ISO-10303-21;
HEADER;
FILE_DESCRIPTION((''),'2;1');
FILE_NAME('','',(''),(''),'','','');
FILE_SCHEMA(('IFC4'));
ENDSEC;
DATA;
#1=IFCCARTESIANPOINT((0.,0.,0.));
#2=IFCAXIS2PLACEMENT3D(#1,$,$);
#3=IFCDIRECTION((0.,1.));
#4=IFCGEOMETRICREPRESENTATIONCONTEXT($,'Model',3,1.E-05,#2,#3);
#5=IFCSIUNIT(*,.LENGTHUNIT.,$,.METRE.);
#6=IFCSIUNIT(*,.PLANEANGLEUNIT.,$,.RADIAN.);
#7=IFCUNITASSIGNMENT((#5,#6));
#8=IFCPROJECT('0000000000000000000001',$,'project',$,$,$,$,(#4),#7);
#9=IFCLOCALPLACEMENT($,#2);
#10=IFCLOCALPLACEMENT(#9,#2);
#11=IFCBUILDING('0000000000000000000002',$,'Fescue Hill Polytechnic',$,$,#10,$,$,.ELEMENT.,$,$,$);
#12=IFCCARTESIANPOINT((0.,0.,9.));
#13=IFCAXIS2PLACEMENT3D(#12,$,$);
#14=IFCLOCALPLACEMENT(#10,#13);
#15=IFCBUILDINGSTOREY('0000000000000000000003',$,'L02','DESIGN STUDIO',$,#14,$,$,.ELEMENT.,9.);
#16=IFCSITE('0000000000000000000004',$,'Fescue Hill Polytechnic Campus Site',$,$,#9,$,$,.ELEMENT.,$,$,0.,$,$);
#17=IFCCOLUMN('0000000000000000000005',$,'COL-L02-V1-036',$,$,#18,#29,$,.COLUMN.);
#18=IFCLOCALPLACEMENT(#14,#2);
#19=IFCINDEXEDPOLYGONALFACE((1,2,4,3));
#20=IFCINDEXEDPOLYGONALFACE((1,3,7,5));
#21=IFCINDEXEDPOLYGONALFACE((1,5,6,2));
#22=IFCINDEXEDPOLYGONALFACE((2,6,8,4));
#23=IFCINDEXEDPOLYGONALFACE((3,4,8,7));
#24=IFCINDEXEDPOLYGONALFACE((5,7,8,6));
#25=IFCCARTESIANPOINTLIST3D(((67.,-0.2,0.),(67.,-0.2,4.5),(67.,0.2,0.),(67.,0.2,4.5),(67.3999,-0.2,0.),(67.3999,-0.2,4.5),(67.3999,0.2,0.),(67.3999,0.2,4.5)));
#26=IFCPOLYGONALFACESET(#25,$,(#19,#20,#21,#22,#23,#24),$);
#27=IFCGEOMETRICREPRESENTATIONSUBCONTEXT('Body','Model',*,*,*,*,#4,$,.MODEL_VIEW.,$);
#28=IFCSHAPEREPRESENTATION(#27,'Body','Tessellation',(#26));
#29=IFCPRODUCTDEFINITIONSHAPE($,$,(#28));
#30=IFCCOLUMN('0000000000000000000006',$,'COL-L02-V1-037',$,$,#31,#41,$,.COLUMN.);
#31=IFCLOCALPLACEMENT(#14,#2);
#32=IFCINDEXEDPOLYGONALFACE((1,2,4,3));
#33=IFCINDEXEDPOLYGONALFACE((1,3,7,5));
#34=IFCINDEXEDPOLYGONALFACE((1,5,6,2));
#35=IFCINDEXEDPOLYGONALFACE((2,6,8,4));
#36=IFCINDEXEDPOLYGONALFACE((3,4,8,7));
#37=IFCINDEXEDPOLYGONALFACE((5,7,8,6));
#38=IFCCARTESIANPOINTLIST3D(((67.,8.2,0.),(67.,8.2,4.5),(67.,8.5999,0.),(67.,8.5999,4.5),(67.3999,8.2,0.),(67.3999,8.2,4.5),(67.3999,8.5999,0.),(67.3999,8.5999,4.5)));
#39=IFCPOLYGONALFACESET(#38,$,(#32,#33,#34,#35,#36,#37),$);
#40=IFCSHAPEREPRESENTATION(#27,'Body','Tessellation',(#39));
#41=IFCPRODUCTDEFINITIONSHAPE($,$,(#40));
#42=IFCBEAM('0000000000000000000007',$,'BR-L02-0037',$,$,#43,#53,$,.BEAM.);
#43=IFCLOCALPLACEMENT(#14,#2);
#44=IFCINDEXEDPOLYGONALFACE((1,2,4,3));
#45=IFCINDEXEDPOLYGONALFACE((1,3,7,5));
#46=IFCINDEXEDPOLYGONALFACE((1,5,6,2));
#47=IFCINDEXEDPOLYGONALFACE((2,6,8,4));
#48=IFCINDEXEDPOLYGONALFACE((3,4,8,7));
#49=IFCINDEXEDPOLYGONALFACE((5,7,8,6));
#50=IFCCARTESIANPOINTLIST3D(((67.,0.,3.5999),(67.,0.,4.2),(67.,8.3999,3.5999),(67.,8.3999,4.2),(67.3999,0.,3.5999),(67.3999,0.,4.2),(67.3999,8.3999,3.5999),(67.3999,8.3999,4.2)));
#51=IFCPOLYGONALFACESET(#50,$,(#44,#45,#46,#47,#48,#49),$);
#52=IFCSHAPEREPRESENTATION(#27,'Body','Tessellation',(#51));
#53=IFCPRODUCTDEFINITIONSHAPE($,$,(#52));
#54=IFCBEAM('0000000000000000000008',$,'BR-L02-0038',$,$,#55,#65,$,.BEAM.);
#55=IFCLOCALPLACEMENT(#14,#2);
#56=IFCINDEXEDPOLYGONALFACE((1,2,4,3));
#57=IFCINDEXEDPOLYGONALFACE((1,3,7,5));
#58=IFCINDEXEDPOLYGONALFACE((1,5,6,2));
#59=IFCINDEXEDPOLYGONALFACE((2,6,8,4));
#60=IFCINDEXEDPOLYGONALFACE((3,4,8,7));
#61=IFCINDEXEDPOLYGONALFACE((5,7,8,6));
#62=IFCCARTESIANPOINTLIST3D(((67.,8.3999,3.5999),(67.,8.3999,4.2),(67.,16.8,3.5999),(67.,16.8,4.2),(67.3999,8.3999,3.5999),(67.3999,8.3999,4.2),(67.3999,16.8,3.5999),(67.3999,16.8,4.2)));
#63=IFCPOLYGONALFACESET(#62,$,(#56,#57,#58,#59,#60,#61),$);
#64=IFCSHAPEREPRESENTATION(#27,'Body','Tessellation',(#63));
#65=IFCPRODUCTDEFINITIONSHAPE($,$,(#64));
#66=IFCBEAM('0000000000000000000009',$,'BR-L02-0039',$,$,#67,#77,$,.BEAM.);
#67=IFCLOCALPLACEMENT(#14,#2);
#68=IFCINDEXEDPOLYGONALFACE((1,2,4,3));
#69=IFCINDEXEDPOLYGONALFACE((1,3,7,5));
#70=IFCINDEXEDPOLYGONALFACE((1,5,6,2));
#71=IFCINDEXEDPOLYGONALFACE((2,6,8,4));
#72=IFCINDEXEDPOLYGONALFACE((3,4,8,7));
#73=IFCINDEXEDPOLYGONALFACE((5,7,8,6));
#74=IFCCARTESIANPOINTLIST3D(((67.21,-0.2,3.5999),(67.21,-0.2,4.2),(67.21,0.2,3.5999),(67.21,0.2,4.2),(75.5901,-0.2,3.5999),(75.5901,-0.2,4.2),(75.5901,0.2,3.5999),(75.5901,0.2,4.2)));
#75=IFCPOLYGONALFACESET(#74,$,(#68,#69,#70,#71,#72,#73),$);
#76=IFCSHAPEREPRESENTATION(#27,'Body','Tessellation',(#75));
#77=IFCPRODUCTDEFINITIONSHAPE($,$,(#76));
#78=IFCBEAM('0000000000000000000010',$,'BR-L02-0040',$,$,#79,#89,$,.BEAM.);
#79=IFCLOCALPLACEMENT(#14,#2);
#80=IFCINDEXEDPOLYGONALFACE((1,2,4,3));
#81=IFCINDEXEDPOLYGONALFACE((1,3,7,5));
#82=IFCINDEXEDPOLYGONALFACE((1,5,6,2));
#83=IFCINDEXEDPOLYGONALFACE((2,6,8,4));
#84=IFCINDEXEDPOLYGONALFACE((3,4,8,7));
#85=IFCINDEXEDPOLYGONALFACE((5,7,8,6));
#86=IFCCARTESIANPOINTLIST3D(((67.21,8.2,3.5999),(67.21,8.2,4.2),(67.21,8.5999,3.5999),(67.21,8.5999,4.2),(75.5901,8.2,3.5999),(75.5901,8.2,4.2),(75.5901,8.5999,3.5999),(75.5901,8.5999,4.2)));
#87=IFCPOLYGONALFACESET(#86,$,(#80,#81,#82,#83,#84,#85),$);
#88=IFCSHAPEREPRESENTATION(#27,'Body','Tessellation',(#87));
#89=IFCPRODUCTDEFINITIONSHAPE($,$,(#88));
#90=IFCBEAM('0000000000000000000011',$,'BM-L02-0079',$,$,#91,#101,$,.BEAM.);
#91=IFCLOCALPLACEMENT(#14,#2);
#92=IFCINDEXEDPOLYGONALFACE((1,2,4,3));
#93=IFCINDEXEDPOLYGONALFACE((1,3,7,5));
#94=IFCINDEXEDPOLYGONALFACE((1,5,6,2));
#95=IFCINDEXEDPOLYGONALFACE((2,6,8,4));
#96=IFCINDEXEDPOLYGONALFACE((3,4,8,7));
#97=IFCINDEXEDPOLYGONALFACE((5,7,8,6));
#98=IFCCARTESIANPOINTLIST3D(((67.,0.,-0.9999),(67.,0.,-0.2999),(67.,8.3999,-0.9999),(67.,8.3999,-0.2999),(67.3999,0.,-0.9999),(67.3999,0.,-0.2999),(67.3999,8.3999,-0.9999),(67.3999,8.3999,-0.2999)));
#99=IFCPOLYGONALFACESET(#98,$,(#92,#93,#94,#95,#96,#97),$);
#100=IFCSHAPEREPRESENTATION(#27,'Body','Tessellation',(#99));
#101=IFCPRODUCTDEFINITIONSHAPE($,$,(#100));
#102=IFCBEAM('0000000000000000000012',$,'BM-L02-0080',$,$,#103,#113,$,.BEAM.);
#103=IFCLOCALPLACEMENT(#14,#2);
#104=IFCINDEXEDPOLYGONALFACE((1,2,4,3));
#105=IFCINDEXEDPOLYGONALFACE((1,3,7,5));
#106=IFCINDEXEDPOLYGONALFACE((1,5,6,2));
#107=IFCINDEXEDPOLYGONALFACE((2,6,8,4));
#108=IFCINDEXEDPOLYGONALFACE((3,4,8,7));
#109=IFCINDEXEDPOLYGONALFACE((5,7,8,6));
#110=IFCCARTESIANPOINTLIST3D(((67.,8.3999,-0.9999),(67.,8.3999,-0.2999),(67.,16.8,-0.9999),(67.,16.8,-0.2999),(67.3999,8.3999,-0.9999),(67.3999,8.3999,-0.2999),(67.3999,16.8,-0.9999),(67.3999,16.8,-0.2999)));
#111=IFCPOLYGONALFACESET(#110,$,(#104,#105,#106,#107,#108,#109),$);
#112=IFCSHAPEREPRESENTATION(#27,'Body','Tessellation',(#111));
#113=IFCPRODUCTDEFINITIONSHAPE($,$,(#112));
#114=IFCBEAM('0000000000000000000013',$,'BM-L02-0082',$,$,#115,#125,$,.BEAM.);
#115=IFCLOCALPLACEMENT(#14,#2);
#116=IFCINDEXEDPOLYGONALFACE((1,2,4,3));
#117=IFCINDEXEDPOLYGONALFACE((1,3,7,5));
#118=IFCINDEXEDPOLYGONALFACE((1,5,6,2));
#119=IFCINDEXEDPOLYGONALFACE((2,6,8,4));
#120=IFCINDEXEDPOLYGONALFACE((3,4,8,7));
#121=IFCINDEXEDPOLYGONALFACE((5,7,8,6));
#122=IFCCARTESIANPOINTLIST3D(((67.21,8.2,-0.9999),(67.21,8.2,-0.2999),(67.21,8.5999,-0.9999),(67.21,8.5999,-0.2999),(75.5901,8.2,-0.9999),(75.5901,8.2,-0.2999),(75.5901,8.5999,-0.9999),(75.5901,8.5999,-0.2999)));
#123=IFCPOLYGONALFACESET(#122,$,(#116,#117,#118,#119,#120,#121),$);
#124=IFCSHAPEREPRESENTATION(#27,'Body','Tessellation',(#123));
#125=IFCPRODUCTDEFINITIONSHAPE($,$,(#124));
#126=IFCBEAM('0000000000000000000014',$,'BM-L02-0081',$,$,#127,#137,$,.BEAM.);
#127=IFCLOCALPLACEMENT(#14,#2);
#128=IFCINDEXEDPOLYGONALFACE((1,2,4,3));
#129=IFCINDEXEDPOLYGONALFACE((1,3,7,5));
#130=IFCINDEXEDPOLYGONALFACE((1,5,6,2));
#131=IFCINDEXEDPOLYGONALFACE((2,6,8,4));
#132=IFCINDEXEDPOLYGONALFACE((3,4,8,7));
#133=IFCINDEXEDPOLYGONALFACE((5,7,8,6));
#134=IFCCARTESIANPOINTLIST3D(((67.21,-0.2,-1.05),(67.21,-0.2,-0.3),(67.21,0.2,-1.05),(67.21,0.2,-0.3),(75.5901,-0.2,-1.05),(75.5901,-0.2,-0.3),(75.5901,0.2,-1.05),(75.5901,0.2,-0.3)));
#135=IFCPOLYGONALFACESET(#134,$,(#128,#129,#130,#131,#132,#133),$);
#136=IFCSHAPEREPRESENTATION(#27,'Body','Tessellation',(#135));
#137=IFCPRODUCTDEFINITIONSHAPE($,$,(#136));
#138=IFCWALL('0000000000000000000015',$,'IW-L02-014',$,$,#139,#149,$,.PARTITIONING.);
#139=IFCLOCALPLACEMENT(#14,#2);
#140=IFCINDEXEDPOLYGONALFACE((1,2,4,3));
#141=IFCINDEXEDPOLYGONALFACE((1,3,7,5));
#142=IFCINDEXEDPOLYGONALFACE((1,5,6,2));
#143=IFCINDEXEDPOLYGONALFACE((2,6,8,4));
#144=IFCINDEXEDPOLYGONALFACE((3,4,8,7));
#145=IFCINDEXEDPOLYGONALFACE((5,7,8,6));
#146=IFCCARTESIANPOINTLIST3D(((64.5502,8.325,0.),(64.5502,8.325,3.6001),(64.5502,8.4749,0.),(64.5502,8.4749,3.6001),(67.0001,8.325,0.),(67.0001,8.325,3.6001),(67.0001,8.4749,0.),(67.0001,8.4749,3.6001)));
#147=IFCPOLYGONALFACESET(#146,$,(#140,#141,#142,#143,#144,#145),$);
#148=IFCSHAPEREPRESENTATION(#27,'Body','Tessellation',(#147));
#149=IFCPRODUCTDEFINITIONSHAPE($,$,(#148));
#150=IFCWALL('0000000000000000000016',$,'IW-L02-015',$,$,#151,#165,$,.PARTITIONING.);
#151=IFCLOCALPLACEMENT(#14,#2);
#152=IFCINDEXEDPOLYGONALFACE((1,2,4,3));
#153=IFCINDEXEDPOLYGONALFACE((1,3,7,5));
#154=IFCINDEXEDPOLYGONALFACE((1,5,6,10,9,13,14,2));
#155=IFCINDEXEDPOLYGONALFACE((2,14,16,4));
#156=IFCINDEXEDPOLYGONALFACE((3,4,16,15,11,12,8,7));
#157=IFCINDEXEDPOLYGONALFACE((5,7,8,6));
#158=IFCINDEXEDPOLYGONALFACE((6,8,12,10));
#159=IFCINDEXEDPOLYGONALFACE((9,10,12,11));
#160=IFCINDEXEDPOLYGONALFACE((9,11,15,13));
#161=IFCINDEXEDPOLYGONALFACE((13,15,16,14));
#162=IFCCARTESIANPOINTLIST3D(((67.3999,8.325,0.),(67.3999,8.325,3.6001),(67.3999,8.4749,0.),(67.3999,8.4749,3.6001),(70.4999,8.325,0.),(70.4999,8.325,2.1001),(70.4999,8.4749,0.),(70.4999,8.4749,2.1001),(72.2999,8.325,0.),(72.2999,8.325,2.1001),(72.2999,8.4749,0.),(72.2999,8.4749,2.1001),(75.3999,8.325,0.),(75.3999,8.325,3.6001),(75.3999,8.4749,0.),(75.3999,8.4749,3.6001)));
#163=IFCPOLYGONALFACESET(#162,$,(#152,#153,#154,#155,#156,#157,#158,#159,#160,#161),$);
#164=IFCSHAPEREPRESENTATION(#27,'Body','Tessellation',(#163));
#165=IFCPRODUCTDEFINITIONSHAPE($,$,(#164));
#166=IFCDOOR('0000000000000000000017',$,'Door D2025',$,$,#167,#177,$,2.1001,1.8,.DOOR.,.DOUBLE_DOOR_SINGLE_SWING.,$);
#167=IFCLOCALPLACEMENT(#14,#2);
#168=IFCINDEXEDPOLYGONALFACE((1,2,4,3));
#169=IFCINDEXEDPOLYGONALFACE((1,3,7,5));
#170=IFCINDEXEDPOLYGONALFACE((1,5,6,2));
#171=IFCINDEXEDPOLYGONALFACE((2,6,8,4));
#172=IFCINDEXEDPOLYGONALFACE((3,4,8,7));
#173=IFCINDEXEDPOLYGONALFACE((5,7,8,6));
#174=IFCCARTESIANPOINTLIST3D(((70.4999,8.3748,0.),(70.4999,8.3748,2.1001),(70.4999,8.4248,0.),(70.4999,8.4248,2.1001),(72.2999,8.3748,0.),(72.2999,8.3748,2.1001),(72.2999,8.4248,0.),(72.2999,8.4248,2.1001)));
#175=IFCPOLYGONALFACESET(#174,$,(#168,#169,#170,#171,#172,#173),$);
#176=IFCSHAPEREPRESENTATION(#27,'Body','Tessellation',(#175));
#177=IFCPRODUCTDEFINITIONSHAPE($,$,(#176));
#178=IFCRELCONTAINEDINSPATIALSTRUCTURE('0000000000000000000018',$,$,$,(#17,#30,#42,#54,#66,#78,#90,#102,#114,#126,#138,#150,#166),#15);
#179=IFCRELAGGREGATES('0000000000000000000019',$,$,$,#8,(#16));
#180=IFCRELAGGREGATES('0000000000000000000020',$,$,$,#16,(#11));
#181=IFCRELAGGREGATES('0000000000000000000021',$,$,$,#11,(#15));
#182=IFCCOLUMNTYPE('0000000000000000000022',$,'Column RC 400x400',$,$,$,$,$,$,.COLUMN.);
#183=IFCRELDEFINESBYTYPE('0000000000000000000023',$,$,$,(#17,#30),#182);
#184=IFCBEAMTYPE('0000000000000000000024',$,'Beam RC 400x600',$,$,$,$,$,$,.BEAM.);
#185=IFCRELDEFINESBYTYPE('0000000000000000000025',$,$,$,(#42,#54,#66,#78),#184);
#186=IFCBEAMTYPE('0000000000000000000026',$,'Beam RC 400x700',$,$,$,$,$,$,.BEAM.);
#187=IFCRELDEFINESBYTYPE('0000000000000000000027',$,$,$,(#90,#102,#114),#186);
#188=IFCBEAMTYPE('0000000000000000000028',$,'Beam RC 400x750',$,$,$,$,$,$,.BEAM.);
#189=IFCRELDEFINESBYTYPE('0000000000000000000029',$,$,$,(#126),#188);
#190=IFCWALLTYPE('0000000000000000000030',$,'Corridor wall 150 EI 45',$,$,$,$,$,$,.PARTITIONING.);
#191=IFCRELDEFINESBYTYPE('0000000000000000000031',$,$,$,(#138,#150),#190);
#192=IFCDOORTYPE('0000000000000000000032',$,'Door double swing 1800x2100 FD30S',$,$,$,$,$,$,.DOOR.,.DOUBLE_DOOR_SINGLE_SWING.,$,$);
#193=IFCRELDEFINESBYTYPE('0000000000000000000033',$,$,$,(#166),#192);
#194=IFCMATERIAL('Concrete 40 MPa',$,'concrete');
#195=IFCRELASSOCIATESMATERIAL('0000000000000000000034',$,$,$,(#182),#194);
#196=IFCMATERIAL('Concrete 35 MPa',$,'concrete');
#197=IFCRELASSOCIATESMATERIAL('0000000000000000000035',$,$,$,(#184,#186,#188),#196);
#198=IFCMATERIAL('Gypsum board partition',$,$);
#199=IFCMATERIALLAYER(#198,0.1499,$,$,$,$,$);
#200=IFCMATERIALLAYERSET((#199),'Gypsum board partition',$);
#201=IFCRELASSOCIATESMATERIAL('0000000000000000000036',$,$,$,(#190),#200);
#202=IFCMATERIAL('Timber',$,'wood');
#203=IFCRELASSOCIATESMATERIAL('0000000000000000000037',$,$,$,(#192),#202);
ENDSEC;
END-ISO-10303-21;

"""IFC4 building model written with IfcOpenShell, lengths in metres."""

from ifc_helpers import new_model, si_unit, direction, frame, frame_2d, origin, origin_2d, place, context, subcontext, project, spatial, rectangle, extrude, material, layer, layer_set, material_profile, profile_set, type_object, element, fill, save


model = new_model("IFC4")

# Units and contexts
model_context = context("Model", 3, precision=1e-05, world=origin(), true_north=direction((0.0, 1.0)))
body_context = subcontext(model_context, "Body", "Model", "MODEL_VIEW")
ifc_project = project(units=[si_unit("LENGTHUNIT", "METRE"), si_unit("PLANEANGLEUNIT", "RADIAN")], contexts=[model_context])

# Site, building, storey
site_placement = place(None, origin())
site = spatial("IfcSite", under=ifc_project, at=site_placement, Name="Fescue Hill Polytechnic Campus Site", CompositionType="ELEMENT", RefElevation=0.0)
building_placement = place(site_placement, origin())
building = spatial("IfcBuilding", under=site, at=building_placement, Name="Fescue Hill Polytechnic", CompositionType="ELEMENT")
storey_placement = place(building_placement, frame((0.0, 0.0, 9.0)))
storey = spatial("IfcBuildingStorey", under=building, at=storey_placement, Name="L02", Description="DESIGN STUDIO", CompositionType="ELEMENT", Elevation=9.0)

# Columns
ifc_material_1 = material(Name="Concrete 40 MPa", Category="concrete")
ifc_material_profile_1 = material_profile(ifc_material_1, rectangle(XDim=0.3999, YDim=0.3999, at=origin_2d()), Name="RC 400x400")
ifc_profile_set_1 = profile_set([ifc_material_profile_1], Name="Concrete 40 MPa")
column_type = type_object("IfcColumnType", Name="Column RC 400x400", PredefinedType="COLUMN", material=ifc_profile_set_1)
for number, where, z_axis, x_axis, name in (
    (1, (67.2, 0.0, 0.0), (0.0, 0.0, 1.0), (1.0, 0.0, 0.0), "COL-L02-V1-036"),
    (2, (67.2, 8.3999, 0.0), (0.0, 0.0, 1.0), (1.0, 0.0, 0.0), "COL-L02-V1-037"),
):
    element("IfcColumn", number, at=place(storey_placement, frame(where, z_axis=z_axis, x_axis=x_axis)), inside=storey, type_object=column_type, Name=name, PredefinedType="COLUMN", context=body_context, shape_type="SweptSolid", body=[
        extrude(rectangle(XDim=0.3999, YDim=0.3999, at=origin_2d()), origin(), (0.0, 0.0, 1.0), 4.5),
    ])

# Beams
ifc_material_2 = material(Name="Concrete 35 MPa", Category="concrete")
ifc_material_profile_2 = material_profile(ifc_material_2, rectangle(XDim=0.3999, YDim=0.6001, at=origin_2d()), Name="RC 400x600")
ifc_profile_set_2 = profile_set([ifc_material_profile_2], Name="Concrete 35 MPa")
beam_type_1 = type_object("IfcBeamType", Name="Beam RC 400x600", PredefinedType="BEAM", material=ifc_profile_set_2)
beam_1_placement = place(storey_placement, frame((67.2, 0.0, 3.8999), z_axis=(0.0, 1.0, 0.0), x_axis=(-1.0, 0.0, 0.0)))
element("IfcBeam", 3, at=beam_1_placement, inside=storey, type_object=beam_type_1, Name="BR-L02-0037", PredefinedType="BEAM", context=body_context, shape_type="SweptSolid", body=[
    extrude(rectangle(XDim=0.3999, YDim=0.6001, at=origin_2d()), origin(), (0.0, 0.0, 1.0), 8.3999),
])
beam_2_placement = place(storey_placement, frame((67.2, 8.3999, 3.8999), z_axis=(0.0, 1.0, 0.0), x_axis=(-1.0, 0.0, 0.0)))
element("IfcBeam", 4, at=beam_2_placement, inside=storey, type_object=beam_type_1, Name="BR-L02-0038", PredefinedType="BEAM", context=body_context, shape_type="SweptSolid", body=[
    extrude(rectangle(XDim=0.3999, YDim=0.6001, at=origin_2d()), origin(), (0.0, 0.0, 1.0), 8.4001),
])
for number, where, z_axis, x_axis, name in (
    (5, (67.21, 0.0, 3.8999), (1.0, 0.0, 0.0), (0.0, 1.0, 0.0), "BR-L02-0039"),
    (6, (67.21, 8.3999, 3.8999), (1.0, 0.0, 0.0), (0.0, 1.0, 0.0), "BR-L02-0040"),
):
    element("IfcBeam", number, at=place(storey_placement, frame(where, z_axis=z_axis, x_axis=x_axis)), inside=storey, type_object=beam_type_1, Name=name, PredefinedType="BEAM", context=body_context, shape_type="SweptSolid", body=[
        extrude(rectangle(XDim=0.3999, YDim=0.6001, at=origin_2d()), origin(), (0.0, 0.0, 1.0), 8.3801),
    ])
ifc_material_profile_3 = material_profile(ifc_material_2, rectangle(XDim=0.3999, YDim=0.7, at=origin_2d()), Name="RC 400x700")
ifc_profile_set_3 = profile_set([ifc_material_profile_3], Name="Concrete 35 MPa")
beam_type_2 = type_object("IfcBeamType", Name="Beam RC 400x700", PredefinedType="BEAM", material=ifc_profile_set_3)
beam_3_placement = place(storey_placement, frame((67.2, 0.0, -0.6499), z_axis=(0.0, 1.0, 0.0), x_axis=(-1.0, 0.0, 0.0)))
element("IfcBeam", 7, at=beam_3_placement, inside=storey, type_object=beam_type_2, Name="BM-L02-0079", PredefinedType="BEAM", context=body_context, shape_type="SweptSolid", body=[
    extrude(rectangle(XDim=0.3999, YDim=0.7, at=origin_2d()), origin(), (0.0, 0.0, 1.0), 8.3999),
])
beam_4_placement = place(storey_placement, frame((67.2, 8.3999, -0.6499), z_axis=(0.0, 1.0, 0.0), x_axis=(-1.0, 0.0, 0.0)))
element("IfcBeam", 8, at=beam_4_placement, inside=storey, type_object=beam_type_2, Name="BM-L02-0080", PredefinedType="BEAM", context=body_context, shape_type="SweptSolid", body=[
    extrude(rectangle(XDim=0.3999, YDim=0.7, at=origin_2d()), origin(), (0.0, 0.0, 1.0), 8.4001),
])
beam_5_placement = place(storey_placement, frame((67.21, 8.3999, -0.6499), z_axis=(1.0, 0.0, 0.0), x_axis=(0.0, 1.0, 0.0)))
element("IfcBeam", 9, at=beam_5_placement, inside=storey, type_object=beam_type_2, Name="BM-L02-0082", PredefinedType="BEAM", context=body_context, shape_type="SweptSolid", body=[
    extrude(rectangle(XDim=0.3999, YDim=0.7, at=origin_2d()), origin(), (0.0, 0.0, 1.0), 8.3801),
])
ifc_material_profile_4 = material_profile(ifc_material_2, rectangle(XDim=0.3999, YDim=0.75, at=origin_2d()), Name="RC 400x750")
ifc_profile_set_4 = profile_set([ifc_material_profile_4], Name="Concrete 35 MPa")
beam_type_3 = type_object("IfcBeamType", Name="Beam RC 400x750", PredefinedType="BEAM", material=ifc_profile_set_4)
beam_6_placement = place(storey_placement, frame((67.21, 0.0, -0.675), z_axis=(1.0, 0.0, 0.0), x_axis=(0.0, 1.0, 0.0)))
element("IfcBeam", 10, at=beam_6_placement, inside=storey, type_object=beam_type_3, Name="BM-L02-0081", PredefinedType="BEAM", context=body_context, shape_type="SweptSolid", body=[
    extrude(rectangle(XDim=0.3999, YDim=0.75, at=origin_2d()), origin(), (0.0, 0.0, 1.0), 8.3801),
])

# Wall
ifc_material_3 = material(Name="Gypsum board partition")
ifc_layer_1 = layer(ifc_material_3, 0.1499)
ifc_layer_set_1 = layer_set([ifc_layer_1], Name="Gypsum board partition")
wall_type_1 = type_object("IfcWallType", Name="Corridor wall 150 EI 45", PredefinedType="PARTITIONING", material=ifc_layer_set_1)
wall_1_placement = place(storey_placement, frame((64.55, 8.3999, 0.0), z_axis=(0.0, 0.0, 1.0), x_axis=(1.0, 0.0, 0.0)))
element("IfcWall", 11, at=wall_1_placement, inside=storey, type_object=wall_type_1, Name="IW-L02-014", PredefinedType="PARTITIONING", context=body_context, shape_type="SweptSolid", body=[
    extrude(rectangle(XDim=2.45, YDim=0.1499, at=frame_2d((1.2251, 0.0))), origin(), (0.0, 0.0, 1.0), 3.6001),
])

# Wall, opening, door
wall_2_placement = place(storey_placement, frame((67.3999, 8.3999, 0.0), z_axis=(0.0, 0.0, 1.0), x_axis=(1.0, 0.0, 0.0)))
wall_2 = element("IfcWall", 12, at=wall_2_placement, inside=storey, type_object=wall_type_1, Name="IW-L02-015", PredefinedType="PARTITIONING", context=body_context, shape_type="SweptSolid", body=[
    extrude(rectangle(XDim=8.0, YDim=0.1499, at=frame_2d((4.0, 0.0))), origin(), (0.0, 0.0, 1.0), 3.6001),
])
opening_1_placement = place(wall_2_placement, frame((3.1001, 0.0, 0.0)))
opening_1 = element("IfcOpeningElement", 13, at=opening_1_placement, cuts=wall_2, PredefinedType="OPENING", context=body_context, shape_type="SweptSolid", body=[
    extrude(rectangle(XDim=1.8, YDim=2.1001, at=frame_2d((0.8999, 1.05))), frame((0.0, 0.085, 0.0), z_axis=(0.0, -1.0, 0.0), x_axis=(1.0, 0.0, 0.0)), (0.0, 0.0, 1.0), 0.1699),
])
ifc_material_4 = material(Name="Timber", Category="wood")
door_type = type_object("IfcDoorType", Name="Door double swing 1800x2100 FD30S", OperationType="DOUBLE_DOOR_SINGLE_SWING", PredefinedType="DOOR", material=ifc_material_4)
door_placement = place(opening_1_placement, origin())
door = element("IfcDoor", 14, at=door_placement, inside=storey, type_object=door_type, Name="Door D2025", OperationType="DOUBLE_DOOR_SINGLE_SWING", OverallHeight=2.1001, OverallWidth=1.8, PredefinedType="DOOR", context=body_context, shape_type="SweptSolid", body=[
    extrude(rectangle(XDim=1.8, YDim=2.1001, at=frame_2d((0.8999, 1.05))), frame((0.0, 0.0249, 0.0), z_axis=(0.0, -1.0, 0.0), x_axis=(1.0, 0.0, 0.0)), (0.0, 0.0, 1.0), 0.05),
])
fill(opening_1, door)

save(model, "model.ifc")
